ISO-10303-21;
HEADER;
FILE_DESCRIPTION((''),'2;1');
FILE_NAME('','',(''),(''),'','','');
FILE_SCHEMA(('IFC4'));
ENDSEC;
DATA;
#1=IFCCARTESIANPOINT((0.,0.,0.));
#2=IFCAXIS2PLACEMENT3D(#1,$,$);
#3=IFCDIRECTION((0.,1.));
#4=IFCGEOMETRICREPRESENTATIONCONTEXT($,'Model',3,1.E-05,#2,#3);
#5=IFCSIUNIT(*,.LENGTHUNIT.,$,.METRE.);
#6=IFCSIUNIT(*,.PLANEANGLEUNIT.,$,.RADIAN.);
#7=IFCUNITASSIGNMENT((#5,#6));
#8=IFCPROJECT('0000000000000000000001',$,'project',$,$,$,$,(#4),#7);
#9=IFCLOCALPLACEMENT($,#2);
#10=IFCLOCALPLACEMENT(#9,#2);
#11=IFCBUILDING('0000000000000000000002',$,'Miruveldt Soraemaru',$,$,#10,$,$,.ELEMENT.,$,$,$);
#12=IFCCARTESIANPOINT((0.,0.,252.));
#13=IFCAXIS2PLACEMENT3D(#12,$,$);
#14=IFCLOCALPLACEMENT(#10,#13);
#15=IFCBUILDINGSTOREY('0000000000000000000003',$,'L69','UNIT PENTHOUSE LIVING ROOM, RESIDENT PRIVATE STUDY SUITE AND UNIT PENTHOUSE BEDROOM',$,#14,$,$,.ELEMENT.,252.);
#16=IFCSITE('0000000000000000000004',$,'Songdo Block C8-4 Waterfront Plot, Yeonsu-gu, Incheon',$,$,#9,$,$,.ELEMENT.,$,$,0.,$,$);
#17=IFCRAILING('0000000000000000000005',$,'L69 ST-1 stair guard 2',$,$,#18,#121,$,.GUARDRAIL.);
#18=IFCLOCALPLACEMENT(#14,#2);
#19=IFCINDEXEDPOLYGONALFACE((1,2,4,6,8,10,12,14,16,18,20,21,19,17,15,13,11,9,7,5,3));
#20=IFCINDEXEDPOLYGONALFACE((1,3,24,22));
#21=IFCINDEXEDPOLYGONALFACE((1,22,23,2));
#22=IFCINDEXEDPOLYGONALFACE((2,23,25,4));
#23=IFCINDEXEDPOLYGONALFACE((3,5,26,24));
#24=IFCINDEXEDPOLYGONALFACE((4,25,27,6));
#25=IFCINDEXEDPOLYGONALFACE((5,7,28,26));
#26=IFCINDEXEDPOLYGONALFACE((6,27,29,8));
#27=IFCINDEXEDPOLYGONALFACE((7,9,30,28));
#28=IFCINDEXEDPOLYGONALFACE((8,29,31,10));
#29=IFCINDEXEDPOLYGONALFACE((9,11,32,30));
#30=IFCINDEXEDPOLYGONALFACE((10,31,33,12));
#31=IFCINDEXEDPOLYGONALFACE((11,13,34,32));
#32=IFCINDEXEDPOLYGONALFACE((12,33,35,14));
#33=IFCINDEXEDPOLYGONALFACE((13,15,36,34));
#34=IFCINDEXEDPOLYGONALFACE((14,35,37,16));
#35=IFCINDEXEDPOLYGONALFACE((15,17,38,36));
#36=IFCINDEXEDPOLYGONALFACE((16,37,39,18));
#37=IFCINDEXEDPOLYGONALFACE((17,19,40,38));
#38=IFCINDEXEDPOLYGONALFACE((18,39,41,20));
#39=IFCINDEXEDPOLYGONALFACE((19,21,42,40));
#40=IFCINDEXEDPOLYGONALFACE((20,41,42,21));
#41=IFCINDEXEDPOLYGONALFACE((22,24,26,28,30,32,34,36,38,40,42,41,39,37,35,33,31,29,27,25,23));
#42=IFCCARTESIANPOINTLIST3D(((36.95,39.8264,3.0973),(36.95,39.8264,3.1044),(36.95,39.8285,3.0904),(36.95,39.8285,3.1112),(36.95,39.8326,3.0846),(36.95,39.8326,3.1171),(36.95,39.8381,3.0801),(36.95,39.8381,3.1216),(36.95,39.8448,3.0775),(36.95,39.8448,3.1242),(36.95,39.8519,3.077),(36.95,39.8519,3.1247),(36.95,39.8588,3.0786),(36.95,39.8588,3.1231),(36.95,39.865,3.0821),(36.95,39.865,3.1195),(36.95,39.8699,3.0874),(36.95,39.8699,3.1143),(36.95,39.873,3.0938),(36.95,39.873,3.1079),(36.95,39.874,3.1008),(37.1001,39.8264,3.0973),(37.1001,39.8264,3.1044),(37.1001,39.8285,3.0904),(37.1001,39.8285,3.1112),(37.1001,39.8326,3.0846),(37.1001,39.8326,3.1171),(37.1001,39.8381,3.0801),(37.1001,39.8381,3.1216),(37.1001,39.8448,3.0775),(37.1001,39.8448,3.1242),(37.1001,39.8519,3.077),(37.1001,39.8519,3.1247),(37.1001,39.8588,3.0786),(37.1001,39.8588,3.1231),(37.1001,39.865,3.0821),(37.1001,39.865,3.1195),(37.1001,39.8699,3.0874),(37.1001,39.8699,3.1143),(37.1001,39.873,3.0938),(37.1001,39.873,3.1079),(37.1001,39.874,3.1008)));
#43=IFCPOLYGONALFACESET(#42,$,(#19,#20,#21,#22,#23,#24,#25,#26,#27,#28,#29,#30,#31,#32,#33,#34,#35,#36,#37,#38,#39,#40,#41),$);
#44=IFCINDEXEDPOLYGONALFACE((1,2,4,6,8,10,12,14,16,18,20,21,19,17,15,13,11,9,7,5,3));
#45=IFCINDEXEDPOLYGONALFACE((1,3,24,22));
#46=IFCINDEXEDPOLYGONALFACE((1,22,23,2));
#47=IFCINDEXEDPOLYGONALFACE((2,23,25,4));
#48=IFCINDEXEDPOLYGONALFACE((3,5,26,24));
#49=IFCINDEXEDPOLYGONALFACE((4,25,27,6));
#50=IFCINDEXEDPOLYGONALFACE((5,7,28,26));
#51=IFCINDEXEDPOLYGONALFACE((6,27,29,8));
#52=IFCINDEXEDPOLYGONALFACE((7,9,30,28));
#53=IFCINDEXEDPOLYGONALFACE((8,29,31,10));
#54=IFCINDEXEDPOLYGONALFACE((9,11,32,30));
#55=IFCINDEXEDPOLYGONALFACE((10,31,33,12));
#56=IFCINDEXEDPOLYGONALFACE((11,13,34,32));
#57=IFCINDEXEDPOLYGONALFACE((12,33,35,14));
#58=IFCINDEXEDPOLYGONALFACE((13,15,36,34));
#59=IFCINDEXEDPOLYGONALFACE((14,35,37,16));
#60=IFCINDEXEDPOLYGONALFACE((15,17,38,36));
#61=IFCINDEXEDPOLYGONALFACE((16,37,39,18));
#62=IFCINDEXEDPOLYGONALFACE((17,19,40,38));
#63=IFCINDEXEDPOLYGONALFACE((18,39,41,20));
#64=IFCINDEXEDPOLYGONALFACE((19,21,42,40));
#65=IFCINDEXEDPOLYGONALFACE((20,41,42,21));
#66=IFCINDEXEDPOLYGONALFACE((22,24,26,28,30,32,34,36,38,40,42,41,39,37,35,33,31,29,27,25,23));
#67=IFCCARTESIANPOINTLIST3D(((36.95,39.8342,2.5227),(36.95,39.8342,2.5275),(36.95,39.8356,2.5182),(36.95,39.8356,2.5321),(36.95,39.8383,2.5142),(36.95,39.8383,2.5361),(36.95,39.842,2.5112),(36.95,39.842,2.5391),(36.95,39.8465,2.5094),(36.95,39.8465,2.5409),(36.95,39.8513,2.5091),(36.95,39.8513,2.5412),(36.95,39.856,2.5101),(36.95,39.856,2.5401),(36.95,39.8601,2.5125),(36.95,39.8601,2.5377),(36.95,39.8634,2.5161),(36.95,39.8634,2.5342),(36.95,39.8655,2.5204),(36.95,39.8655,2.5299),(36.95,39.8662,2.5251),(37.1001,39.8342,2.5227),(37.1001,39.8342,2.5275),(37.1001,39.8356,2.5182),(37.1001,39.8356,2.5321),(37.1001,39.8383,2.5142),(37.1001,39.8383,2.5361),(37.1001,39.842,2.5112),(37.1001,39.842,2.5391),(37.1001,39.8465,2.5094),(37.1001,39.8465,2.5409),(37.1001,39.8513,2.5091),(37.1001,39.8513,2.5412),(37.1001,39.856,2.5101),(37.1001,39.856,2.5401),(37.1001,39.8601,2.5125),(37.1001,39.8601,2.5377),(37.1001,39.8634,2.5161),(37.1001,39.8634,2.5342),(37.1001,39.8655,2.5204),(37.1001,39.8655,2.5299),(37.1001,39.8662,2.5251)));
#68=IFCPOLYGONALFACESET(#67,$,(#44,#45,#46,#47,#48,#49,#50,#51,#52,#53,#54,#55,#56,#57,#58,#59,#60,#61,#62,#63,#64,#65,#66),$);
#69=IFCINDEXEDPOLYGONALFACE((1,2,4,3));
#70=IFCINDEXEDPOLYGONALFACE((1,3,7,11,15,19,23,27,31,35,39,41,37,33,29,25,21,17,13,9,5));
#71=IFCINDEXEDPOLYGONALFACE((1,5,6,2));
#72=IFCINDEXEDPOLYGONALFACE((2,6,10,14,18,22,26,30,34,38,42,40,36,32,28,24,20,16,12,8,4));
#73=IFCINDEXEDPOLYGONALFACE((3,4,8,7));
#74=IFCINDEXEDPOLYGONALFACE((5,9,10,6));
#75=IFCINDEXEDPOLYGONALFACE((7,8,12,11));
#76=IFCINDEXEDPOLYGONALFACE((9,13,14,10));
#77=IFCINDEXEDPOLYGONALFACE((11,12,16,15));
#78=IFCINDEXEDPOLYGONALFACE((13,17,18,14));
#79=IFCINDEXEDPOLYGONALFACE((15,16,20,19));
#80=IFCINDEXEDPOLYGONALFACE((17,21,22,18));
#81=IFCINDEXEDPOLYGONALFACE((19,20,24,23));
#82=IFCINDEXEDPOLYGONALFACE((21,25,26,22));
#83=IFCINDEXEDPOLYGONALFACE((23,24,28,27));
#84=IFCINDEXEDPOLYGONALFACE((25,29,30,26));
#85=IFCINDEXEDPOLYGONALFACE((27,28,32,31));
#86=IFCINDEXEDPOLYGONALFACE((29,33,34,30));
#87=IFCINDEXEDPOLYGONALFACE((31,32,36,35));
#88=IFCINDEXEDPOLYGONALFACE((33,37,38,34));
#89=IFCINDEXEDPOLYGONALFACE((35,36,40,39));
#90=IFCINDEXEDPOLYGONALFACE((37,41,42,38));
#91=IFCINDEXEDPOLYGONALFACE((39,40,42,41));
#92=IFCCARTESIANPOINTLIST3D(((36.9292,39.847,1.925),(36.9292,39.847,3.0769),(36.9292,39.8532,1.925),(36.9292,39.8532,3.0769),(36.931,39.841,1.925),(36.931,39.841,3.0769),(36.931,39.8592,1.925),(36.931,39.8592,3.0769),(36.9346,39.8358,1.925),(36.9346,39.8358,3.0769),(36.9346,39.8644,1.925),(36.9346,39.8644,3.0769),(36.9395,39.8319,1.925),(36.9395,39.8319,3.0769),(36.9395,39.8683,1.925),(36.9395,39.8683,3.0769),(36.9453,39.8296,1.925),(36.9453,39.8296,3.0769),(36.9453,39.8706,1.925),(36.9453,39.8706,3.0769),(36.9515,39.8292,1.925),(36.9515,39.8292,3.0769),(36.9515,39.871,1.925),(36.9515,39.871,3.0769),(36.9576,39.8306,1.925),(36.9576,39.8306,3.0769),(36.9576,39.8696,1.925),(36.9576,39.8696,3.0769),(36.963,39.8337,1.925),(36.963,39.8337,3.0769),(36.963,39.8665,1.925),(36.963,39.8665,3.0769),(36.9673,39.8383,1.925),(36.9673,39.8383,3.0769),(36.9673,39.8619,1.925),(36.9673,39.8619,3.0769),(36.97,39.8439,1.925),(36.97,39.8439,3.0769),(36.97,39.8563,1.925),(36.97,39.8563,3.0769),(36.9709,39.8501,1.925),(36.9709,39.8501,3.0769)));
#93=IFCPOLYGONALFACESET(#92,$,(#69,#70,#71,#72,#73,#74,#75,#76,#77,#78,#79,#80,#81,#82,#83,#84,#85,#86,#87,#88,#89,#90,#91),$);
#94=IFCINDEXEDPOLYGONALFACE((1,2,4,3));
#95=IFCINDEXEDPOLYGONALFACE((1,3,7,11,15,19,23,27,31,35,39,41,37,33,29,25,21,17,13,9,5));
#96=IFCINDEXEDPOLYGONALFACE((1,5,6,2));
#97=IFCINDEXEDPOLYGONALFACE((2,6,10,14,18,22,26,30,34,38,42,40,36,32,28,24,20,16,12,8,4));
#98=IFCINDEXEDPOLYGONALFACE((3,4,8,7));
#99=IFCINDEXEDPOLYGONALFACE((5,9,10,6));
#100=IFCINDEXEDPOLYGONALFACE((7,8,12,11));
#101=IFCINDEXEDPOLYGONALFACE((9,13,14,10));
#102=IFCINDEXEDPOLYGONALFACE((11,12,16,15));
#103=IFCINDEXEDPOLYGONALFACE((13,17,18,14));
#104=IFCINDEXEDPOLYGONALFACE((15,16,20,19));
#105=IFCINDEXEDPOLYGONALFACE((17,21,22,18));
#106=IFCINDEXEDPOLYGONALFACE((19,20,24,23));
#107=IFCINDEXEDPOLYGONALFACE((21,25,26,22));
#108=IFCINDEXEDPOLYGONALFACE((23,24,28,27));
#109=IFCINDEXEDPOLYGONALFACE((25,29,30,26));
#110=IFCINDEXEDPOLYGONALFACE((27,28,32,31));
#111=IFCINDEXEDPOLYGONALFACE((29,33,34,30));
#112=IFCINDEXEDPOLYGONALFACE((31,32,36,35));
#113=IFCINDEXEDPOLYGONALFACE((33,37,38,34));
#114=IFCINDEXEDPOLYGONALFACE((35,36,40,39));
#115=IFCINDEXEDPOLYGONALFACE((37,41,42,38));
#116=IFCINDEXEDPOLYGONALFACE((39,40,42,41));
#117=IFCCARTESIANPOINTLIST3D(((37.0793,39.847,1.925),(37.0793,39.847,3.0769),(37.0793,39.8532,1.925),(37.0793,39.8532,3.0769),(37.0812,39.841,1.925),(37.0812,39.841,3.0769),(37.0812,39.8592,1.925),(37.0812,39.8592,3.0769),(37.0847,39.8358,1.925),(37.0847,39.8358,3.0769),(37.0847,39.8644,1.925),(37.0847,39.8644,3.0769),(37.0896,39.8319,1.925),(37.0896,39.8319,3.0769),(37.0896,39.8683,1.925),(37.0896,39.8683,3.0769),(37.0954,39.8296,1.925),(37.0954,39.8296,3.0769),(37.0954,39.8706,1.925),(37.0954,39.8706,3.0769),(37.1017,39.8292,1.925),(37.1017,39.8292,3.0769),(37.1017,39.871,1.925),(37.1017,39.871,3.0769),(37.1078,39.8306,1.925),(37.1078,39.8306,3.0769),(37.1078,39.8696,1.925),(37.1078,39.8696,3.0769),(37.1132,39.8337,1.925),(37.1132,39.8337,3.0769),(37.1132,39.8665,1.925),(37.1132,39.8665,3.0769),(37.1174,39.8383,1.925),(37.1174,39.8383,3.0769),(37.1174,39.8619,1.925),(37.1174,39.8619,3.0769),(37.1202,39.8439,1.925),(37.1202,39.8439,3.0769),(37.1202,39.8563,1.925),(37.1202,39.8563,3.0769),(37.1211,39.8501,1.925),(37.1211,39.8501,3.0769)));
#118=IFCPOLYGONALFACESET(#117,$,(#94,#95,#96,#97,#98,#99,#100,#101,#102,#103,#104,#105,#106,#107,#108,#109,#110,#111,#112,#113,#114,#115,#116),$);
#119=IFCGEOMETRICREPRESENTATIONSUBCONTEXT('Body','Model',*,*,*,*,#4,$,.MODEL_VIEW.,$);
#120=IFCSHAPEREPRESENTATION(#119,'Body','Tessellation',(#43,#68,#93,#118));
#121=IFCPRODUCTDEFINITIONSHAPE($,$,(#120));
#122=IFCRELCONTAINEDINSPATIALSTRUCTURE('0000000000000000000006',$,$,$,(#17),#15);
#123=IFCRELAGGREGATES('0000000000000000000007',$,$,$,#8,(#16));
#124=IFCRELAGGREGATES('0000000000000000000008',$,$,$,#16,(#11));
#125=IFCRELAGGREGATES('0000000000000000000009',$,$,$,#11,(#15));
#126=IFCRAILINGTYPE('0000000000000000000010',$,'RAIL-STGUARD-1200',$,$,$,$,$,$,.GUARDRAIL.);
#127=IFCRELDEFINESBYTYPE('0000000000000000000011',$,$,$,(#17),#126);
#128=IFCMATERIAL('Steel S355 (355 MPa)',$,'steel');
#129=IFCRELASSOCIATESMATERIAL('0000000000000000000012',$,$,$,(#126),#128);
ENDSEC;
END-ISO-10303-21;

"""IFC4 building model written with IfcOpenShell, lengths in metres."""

from ifc_helpers import new_model, si_unit, direction, frame, origin, origin_2d, place, context, subcontext, project, spatial, circle, extrude, material, type_object, element, save


model = new_model("IFC4")

# Units and contexts
model_context = context("Model", 3, precision=1e-05, world=origin(), true_north=direction((0.0, 1.0)))
body_context = subcontext(model_context, "Body", "Model", "MODEL_VIEW")
ifc_project = project(units=[si_unit("LENGTHUNIT", "METRE"), si_unit("PLANEANGLEUNIT", "RADIAN")], contexts=[model_context])

# Site, building, storey
site_placement = place(None, origin())
site = spatial("IfcSite", under=ifc_project, at=site_placement, Name="Songdo Block C8-4 Waterfront Plot, Yeonsu-gu, Incheon", CompositionType="ELEMENT", RefElevation=0.0)
building_placement = place(site_placement, origin())
building = spatial("IfcBuilding", under=site, at=building_placement, Name="Miruveldt Soraemaru", CompositionType="ELEMENT")
storey_placement = place(building_placement, frame((0.0, 0.0, 252.0)))
storey = spatial("IfcBuildingStorey", under=building, at=storey_placement, Name="L69", Description="UNIT PENTHOUSE LIVING ROOM, RESIDENT PRIVATE STUDY SUITE AND UNIT PENTHOUSE BEDROOM", CompositionType="ELEMENT", Elevation=252.0)

# Railing
ifc_material_1 = material(Name="Steel S355 (355 MPa)", Category="steel")
railing_type = type_object("IfcRailingType", Name="RAIL-STGUARD-1200", PredefinedType="GUARDRAIL", material=ifc_material_1)
railing_placement = place(storey_placement, frame((36.95, 39.8501, 1.925)))
element("IfcRailing", 1, at=railing_placement, inside=storey, type_object=railing_type, Name="L69 ST-1 stair guard 2", PredefinedType="GUARDRAIL", context=body_context, shape_type="SweptSolid", body=[
    extrude(circle(Radius=0.0239, at=origin_2d()), frame((0.0, 0.0, 1.1758), z_axis=(1.0, 0.0, 0.0), x_axis=(0.0, 1.0, 0.0)), (0.0, 0.0, 1.0), 0.1501),
    extrude(circle(Radius=0.0161, at=origin_2d()), frame((0.0, 0.0, 0.6001), z_axis=(1.0, 0.0, 0.0), x_axis=(0.0, 1.0, 0.0)), (0.0, 0.0, 1.0), 0.1501),
    extrude(circle(Radius=0.021, at=origin_2d()), origin(), (0.0, 0.0, 1.0), 1.1519),
    extrude(circle(Radius=0.021, at=origin_2d()), frame((0.1501, 0.0, 0.0)), (0.0, 0.0, 1.0), 1.1519),
])

save(model, "model.ifc")
